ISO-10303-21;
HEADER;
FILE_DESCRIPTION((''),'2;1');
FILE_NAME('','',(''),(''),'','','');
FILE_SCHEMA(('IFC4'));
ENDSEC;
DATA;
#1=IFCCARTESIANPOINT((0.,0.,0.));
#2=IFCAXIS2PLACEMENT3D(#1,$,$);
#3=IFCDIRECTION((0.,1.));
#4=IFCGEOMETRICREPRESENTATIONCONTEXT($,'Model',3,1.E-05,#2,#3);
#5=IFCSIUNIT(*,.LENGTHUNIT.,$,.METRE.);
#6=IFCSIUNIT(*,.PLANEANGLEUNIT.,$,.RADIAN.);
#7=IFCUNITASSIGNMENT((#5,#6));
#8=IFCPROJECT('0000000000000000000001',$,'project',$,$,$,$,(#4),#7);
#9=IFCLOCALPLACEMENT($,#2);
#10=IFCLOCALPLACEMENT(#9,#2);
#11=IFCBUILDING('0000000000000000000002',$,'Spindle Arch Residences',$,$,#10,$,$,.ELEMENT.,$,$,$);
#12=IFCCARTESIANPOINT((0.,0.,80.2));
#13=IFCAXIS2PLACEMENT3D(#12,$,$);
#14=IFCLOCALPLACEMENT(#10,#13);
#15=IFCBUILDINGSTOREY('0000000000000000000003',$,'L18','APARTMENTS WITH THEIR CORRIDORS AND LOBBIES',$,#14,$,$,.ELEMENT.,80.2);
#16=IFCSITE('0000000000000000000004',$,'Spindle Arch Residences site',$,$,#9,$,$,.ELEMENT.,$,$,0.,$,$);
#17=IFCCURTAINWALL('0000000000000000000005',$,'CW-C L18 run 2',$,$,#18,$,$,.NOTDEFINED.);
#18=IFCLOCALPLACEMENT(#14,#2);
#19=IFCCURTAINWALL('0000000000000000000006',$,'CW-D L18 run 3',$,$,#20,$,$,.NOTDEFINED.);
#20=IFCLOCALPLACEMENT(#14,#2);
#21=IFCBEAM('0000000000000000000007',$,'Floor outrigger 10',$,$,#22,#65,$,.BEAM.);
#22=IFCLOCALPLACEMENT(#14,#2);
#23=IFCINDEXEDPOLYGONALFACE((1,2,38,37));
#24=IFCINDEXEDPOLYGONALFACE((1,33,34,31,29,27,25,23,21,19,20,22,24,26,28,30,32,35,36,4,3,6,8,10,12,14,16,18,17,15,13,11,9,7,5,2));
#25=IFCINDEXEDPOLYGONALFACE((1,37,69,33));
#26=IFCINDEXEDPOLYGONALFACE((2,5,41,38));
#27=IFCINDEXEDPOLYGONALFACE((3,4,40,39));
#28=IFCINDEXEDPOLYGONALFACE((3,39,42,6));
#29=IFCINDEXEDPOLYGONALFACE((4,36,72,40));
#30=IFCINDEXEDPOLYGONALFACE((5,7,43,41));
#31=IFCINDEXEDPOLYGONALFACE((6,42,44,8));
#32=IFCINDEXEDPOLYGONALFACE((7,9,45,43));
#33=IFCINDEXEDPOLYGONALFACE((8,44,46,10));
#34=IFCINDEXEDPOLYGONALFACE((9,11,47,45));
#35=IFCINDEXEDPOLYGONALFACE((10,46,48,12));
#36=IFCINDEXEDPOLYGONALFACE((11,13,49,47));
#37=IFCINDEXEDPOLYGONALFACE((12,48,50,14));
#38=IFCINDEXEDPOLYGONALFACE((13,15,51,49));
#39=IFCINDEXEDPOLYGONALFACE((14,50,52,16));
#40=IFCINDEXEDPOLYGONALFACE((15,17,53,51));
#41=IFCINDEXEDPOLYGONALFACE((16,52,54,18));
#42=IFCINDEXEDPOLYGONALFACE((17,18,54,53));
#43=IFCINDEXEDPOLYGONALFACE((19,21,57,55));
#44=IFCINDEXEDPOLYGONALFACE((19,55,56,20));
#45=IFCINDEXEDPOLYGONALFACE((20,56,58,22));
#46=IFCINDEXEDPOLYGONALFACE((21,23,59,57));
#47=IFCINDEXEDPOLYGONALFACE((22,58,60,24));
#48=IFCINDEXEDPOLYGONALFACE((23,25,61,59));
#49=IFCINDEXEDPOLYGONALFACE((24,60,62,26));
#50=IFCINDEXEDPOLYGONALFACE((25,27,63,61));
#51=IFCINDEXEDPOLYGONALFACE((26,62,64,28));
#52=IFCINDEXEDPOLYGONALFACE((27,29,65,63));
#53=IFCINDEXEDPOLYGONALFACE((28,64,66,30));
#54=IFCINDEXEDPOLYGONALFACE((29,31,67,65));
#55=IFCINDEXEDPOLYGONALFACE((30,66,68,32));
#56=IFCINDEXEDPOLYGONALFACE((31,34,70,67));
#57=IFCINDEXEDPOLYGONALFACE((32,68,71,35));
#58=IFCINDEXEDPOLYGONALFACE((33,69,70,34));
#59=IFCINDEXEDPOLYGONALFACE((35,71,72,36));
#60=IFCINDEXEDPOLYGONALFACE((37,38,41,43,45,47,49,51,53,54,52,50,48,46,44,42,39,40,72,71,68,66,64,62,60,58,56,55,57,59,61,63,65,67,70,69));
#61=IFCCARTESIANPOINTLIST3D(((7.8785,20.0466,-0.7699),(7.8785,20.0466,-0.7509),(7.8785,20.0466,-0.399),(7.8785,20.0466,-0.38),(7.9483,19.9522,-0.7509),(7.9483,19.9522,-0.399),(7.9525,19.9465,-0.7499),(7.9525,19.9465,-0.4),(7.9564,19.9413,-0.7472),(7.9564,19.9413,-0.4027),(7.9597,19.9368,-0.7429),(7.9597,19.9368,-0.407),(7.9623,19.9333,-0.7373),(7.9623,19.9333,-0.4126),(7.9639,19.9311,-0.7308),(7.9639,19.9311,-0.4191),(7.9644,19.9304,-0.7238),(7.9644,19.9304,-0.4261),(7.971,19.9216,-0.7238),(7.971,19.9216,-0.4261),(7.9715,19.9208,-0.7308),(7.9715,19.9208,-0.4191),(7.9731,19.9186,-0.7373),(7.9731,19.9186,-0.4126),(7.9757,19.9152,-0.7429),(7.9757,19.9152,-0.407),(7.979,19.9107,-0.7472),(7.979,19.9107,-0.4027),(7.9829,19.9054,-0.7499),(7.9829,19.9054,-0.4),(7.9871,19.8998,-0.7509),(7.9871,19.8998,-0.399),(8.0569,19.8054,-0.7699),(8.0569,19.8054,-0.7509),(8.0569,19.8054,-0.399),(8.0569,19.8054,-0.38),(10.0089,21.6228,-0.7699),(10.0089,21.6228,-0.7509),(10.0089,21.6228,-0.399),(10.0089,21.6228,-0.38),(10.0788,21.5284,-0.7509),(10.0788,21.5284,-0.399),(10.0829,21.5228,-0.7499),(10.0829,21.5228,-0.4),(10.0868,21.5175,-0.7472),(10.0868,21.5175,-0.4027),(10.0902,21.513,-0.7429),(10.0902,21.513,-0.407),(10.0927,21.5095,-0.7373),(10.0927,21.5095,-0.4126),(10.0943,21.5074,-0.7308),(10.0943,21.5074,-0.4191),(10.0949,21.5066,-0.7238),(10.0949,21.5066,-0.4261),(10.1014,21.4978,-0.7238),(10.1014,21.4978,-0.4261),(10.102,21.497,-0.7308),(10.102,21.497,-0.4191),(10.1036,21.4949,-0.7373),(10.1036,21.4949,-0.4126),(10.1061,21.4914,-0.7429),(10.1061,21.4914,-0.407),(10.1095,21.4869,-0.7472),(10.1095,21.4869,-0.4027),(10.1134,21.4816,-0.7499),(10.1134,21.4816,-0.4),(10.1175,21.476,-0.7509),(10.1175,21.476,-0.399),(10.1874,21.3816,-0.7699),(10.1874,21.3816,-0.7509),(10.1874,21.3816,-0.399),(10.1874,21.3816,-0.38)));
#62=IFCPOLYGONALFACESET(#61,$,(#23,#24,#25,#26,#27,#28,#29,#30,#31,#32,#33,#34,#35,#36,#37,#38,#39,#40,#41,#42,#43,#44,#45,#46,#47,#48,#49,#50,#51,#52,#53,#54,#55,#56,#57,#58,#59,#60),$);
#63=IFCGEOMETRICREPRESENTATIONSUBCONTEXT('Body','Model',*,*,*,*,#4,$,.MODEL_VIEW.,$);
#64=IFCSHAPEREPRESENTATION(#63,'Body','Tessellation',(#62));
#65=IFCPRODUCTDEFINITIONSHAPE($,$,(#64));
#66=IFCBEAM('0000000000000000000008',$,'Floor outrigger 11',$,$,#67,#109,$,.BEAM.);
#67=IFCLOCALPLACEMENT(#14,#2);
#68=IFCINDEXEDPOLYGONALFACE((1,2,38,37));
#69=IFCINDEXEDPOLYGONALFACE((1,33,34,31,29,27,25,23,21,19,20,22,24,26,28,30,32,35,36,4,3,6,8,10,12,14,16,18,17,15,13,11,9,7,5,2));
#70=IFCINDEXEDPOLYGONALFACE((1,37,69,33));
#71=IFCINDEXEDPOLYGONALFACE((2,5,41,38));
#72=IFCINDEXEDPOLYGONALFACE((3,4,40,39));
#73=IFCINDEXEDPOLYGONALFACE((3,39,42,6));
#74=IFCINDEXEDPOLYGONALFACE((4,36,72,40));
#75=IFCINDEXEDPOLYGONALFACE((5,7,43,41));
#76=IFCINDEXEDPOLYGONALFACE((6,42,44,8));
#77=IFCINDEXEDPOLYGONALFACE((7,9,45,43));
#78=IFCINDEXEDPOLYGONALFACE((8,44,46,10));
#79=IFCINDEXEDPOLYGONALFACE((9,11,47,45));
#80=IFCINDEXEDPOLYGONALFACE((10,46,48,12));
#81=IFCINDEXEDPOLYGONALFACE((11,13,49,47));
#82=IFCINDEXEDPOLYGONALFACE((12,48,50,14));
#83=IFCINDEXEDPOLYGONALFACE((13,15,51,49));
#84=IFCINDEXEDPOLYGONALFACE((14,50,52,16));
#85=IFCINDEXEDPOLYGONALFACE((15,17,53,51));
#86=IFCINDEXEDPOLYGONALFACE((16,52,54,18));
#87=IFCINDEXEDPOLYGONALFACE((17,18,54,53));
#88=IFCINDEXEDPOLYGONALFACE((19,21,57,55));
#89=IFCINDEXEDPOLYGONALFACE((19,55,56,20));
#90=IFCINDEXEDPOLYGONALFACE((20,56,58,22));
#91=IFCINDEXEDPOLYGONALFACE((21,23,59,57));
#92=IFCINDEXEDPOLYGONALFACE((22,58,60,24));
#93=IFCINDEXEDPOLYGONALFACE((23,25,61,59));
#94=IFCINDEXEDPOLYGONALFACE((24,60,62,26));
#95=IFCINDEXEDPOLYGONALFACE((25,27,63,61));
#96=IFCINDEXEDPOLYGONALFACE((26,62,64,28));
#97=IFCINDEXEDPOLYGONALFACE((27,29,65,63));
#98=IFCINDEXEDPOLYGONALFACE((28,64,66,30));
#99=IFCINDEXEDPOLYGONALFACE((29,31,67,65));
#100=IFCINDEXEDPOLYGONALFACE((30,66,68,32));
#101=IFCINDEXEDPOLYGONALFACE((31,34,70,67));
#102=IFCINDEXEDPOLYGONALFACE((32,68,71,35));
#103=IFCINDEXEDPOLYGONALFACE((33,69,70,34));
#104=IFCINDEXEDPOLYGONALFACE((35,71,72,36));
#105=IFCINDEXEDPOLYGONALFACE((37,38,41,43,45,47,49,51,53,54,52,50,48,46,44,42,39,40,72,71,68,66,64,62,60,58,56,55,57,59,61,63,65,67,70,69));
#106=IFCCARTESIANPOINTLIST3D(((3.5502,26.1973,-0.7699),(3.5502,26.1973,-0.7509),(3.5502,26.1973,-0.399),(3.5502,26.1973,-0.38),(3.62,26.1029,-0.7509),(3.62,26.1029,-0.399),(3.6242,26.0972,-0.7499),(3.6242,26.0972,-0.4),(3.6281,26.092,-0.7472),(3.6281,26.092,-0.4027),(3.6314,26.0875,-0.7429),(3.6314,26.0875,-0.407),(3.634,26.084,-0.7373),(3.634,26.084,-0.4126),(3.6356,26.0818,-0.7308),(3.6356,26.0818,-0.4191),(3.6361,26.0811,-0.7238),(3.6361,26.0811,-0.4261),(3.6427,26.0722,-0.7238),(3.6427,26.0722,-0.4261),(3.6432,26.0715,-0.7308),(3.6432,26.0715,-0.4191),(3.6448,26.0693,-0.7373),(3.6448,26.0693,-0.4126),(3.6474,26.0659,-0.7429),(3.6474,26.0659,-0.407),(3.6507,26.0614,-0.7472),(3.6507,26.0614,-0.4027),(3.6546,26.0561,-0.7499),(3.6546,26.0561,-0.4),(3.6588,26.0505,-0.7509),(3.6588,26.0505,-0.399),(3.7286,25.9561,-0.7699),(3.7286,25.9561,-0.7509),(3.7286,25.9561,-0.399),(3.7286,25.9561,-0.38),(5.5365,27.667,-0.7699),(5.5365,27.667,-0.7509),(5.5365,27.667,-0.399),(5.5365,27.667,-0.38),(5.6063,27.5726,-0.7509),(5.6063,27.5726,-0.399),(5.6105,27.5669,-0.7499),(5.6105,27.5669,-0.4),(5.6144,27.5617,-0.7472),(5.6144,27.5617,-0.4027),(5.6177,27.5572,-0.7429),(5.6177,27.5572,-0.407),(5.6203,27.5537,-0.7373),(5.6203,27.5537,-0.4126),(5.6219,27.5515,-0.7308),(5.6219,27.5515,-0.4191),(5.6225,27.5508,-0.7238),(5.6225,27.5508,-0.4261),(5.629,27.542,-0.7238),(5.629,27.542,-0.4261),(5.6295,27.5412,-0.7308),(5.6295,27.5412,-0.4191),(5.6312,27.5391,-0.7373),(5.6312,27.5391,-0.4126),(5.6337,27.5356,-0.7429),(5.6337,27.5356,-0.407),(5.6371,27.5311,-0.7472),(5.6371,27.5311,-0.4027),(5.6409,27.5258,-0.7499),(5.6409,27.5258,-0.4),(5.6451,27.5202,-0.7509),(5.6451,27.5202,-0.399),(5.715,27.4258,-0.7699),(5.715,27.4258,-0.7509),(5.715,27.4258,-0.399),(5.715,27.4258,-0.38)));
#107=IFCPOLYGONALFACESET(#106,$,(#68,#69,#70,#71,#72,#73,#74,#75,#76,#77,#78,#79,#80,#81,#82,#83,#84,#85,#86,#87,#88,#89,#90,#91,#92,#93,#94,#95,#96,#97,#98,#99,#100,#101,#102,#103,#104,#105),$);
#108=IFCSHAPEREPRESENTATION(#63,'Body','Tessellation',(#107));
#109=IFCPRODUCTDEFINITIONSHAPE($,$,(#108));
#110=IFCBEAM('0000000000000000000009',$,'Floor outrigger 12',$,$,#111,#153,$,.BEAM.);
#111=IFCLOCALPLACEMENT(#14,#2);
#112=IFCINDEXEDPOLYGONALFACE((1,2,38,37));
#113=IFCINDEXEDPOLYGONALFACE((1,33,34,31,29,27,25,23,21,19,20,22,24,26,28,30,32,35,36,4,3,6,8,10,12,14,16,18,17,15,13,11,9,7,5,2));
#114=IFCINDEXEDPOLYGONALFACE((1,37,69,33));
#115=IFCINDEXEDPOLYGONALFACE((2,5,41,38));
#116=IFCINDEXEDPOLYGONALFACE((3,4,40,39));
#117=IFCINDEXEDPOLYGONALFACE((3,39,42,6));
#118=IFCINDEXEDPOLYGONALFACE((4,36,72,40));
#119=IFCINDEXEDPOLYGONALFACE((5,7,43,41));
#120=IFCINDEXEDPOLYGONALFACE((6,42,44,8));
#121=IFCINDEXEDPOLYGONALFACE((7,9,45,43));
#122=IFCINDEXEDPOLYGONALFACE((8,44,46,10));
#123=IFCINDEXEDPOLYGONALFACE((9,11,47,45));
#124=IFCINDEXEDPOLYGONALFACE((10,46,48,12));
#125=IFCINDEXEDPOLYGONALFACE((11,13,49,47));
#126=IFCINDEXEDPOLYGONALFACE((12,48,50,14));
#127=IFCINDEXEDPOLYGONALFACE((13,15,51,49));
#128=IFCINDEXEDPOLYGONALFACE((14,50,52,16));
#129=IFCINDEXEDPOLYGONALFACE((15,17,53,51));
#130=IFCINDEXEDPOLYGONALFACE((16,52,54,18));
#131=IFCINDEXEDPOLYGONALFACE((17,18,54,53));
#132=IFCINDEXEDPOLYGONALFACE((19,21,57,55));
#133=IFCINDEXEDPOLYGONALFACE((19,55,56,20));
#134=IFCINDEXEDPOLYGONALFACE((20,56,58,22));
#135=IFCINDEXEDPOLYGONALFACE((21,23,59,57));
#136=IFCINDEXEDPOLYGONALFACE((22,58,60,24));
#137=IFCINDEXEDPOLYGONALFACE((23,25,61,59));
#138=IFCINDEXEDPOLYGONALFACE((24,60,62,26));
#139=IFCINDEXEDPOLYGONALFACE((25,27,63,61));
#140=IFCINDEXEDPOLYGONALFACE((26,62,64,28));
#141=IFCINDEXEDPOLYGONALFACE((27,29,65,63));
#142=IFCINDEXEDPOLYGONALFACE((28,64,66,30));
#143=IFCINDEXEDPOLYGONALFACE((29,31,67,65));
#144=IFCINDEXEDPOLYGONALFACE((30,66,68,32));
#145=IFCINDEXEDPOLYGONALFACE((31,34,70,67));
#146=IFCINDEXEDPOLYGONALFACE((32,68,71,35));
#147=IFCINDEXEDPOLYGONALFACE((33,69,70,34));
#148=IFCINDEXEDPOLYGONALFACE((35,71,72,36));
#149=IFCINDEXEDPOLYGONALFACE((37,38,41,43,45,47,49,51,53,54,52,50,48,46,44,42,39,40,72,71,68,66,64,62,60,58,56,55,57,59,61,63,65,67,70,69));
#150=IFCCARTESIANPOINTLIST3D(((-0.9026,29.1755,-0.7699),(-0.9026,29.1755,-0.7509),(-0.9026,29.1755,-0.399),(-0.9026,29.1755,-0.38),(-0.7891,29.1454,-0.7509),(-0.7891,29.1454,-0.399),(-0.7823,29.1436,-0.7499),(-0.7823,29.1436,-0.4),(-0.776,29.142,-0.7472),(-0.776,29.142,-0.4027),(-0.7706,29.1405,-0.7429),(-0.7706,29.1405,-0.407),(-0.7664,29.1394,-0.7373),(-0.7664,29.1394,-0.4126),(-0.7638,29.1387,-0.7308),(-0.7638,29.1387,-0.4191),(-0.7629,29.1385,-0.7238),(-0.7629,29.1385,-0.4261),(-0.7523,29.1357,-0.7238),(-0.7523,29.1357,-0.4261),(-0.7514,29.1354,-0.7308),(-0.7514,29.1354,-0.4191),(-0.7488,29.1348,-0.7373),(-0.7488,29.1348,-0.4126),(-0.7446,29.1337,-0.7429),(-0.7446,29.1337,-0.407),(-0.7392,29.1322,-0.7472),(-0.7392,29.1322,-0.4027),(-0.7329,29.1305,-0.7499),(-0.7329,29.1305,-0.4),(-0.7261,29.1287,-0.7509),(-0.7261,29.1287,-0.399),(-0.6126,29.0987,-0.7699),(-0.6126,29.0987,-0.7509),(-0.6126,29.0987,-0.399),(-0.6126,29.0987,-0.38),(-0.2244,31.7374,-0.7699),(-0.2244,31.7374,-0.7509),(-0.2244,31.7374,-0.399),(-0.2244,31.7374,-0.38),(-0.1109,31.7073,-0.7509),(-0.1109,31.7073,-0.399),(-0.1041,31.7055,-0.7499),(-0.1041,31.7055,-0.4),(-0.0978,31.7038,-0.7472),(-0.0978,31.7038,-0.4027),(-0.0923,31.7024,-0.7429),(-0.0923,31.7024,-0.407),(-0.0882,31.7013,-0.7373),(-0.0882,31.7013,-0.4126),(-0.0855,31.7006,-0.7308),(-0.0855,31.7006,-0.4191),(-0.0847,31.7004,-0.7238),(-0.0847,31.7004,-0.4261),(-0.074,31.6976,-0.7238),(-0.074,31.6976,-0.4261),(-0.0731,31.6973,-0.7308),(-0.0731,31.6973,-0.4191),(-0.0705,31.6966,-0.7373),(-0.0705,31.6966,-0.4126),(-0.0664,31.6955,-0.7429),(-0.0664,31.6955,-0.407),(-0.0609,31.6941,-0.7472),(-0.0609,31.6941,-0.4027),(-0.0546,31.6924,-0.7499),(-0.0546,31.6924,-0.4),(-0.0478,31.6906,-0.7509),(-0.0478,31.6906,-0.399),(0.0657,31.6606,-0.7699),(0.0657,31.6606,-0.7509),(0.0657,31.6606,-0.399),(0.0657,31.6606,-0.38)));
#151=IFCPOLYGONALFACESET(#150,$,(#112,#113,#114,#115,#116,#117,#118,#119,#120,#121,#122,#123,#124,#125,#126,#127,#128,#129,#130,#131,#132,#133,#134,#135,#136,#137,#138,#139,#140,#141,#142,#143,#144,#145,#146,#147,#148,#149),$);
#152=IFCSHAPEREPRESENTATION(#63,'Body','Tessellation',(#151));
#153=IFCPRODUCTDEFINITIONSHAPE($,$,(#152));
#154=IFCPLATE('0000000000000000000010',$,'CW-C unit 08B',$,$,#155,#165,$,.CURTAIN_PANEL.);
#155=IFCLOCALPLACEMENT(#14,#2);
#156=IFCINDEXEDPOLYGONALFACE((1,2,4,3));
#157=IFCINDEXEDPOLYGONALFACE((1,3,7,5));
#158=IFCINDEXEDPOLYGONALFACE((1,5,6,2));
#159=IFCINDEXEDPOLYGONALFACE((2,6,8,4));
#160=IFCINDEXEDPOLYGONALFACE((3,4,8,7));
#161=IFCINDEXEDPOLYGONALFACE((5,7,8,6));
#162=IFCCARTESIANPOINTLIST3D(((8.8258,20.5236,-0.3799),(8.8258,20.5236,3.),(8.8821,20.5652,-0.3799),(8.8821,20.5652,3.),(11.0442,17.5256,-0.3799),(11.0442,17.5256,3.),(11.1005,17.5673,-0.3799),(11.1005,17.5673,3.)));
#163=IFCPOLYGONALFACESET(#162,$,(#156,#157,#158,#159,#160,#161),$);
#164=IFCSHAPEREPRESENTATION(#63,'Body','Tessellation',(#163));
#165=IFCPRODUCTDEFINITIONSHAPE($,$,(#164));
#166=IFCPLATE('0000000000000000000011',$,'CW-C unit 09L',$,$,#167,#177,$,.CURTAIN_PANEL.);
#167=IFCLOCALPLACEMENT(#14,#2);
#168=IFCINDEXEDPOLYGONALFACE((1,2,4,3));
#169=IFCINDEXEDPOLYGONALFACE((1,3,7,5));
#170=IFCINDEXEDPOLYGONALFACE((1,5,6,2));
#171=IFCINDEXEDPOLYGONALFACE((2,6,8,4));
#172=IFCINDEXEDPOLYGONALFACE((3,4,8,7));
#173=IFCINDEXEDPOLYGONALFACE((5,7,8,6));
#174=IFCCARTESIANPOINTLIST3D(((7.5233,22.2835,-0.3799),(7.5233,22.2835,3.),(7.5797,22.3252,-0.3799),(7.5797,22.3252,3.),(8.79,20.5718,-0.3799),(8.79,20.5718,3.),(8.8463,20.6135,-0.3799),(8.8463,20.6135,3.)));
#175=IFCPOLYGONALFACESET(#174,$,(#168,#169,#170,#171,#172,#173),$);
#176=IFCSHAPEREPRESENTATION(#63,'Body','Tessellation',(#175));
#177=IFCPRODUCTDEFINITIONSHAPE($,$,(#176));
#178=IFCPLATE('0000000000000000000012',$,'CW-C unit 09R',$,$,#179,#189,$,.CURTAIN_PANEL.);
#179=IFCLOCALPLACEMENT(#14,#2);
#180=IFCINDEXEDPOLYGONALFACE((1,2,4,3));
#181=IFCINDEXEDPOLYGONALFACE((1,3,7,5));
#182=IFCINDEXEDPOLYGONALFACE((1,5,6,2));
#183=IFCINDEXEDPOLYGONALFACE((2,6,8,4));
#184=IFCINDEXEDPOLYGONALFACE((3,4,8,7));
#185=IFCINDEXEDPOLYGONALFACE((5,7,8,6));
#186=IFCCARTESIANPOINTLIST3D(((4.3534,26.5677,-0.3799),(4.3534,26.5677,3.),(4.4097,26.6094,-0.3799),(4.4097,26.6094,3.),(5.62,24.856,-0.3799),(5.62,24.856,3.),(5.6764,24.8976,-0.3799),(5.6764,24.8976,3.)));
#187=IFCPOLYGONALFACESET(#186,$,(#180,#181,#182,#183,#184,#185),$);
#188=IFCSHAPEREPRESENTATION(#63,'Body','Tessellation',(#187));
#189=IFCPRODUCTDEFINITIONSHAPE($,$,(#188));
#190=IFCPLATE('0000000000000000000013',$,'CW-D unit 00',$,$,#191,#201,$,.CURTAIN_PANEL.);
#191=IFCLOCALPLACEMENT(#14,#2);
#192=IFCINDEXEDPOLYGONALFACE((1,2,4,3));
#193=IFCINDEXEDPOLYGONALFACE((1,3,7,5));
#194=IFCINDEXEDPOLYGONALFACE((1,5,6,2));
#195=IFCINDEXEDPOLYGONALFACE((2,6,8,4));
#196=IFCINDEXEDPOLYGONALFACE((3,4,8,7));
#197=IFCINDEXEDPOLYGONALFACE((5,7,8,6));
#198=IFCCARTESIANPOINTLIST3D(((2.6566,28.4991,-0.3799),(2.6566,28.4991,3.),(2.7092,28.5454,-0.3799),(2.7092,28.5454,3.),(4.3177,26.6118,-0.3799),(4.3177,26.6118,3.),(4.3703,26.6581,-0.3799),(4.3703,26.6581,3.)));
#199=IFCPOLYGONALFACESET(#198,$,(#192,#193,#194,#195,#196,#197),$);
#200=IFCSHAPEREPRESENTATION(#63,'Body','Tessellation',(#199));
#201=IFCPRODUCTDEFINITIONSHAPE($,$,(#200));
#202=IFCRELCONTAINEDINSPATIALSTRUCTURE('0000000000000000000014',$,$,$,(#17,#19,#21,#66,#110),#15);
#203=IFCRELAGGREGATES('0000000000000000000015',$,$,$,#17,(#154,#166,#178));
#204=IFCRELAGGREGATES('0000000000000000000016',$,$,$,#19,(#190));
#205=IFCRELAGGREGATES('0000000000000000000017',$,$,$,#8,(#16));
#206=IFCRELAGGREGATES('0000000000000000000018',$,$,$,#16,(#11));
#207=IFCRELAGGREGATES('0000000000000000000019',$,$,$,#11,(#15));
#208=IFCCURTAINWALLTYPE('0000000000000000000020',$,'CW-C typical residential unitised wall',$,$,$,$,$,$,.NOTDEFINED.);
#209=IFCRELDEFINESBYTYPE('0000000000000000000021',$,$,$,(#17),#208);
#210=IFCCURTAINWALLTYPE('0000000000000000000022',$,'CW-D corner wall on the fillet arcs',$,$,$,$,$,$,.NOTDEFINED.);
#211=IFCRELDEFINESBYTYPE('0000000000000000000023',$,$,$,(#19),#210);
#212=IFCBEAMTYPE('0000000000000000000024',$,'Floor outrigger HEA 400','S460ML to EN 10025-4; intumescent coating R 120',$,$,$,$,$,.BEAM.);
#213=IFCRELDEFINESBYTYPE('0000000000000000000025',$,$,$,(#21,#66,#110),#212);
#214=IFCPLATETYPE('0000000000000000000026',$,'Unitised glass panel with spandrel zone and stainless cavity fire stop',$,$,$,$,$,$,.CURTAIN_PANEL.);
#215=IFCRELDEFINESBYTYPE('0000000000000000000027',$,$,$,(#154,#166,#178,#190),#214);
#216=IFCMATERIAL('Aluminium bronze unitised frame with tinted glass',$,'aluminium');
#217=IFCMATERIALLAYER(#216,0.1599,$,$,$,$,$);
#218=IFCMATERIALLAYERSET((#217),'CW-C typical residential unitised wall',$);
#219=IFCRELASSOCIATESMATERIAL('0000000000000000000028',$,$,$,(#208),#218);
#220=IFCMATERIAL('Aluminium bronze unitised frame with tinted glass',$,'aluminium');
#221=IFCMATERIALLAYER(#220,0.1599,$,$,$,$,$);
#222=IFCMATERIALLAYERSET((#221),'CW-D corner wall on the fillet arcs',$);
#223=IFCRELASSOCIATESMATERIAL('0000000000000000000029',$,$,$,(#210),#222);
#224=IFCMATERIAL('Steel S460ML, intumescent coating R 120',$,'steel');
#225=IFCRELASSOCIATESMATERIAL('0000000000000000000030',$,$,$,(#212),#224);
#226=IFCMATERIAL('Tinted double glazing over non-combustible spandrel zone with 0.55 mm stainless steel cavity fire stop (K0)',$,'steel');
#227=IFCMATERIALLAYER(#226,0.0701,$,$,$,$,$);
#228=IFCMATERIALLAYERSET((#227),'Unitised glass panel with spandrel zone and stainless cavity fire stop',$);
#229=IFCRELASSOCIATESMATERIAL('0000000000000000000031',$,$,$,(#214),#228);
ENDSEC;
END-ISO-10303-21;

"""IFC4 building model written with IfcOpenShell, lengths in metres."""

from ifc_helpers import new_model, si_unit, direction, frame, origin, origin_2d, place, context, subcontext, project, spatial, rectangle, i_section, extrude, material, layer, layer_set, material_profile, profile_set, type_object, element, aggregate, save


model = new_model("IFC4")

# Units and contexts
model_context = context("Model", 3, precision=1e-05, world=origin(), true_north=direction((0.0, 1.0)))
body_context = subcontext(model_context, "Body", "Model", "MODEL_VIEW")
ifc_project = project(units=[si_unit("LENGTHUNIT", "METRE"), si_unit("PLANEANGLEUNIT", "RADIAN")], contexts=[model_context])

# Site, building, storey
site_placement = place(None, origin())
site = spatial("IfcSite", under=ifc_project, at=site_placement, Name="Spindle Arch Residences site", CompositionType="ELEMENT", RefElevation=0.0)
building_placement = place(site_placement, origin())
building = spatial("IfcBuilding", under=site, at=building_placement, Name="Spindle Arch Residences", CompositionType="ELEMENT")
storey_placement = place(building_placement, frame((0.0, 0.0, 80.2)))
storey = spatial("IfcBuildingStorey", under=building, at=storey_placement, Name="L18", Description="APARTMENTS WITH THEIR CORRIDORS AND LOBBIES", CompositionType="ELEMENT", Elevation=80.2)

# Curtain wall
ifc_material_1 = material(Name="Aluminium bronze unitised frame with tinted glass", Category="aluminium")
ifc_layer_1 = layer(ifc_material_1, 0.1599)
ifc_layer_set_1 = layer_set([ifc_layer_1], Name="CW-C typical residential unitised wall")
curtain_wall_type_1 = type_object("IfcCurtainWallType", Name="CW-C typical residential unitised wall", PredefinedType="NOTDEFINED", material=ifc_layer_set_1)
curtain_wall_1_placement = place(storey_placement, origin())
curtain_wall_1 = element("IfcCurtainWall", 1, at=curtain_wall_1_placement, inside=storey, type_object=curtain_wall_type_1, Name="CW-C L18 run 2", PredefinedType="NOTDEFINED")

# Curtain wall
ifc_material_2 = material(Name="Aluminium bronze unitised frame with tinted glass", Category="aluminium")
ifc_layer_2 = layer(ifc_material_2, 0.1599)
ifc_layer_set_2 = layer_set([ifc_layer_2], Name="CW-D corner wall on the fillet arcs")
curtain_wall_type_2 = type_object("IfcCurtainWallType", Name="CW-D corner wall on the fillet arcs", PredefinedType="NOTDEFINED", material=ifc_layer_set_2)
curtain_wall_2_placement = place(storey_placement, origin())
curtain_wall_2 = element("IfcCurtainWall", 2, at=curtain_wall_2_placement, inside=storey, type_object=curtain_wall_type_2, Name="CW-D L18 run 3", PredefinedType="NOTDEFINED")

# Beams
ifc_material_3 = material(Name="Steel S460ML, intumescent coating R 120", Category="steel")
ifc_material_profile_1 = material_profile(ifc_material_3, i_section(OverallWidth=0.3, OverallDepth=0.3899, WebThickness=0.011, FlangeThickness=0.019, FilletRadius=0.0271, at=origin_2d()), Name="HEA 400")
ifc_profile_set_1 = profile_set([ifc_material_profile_1], Name="Steel S460ML, intumescent coating R 120")
beam_type_1 = type_object("IfcBeamType", Name="Floor outrigger HEA 400", Description="S460ML to EN 10025-4; intumescent coating R 120", PredefinedType="BEAM", material=ifc_profile_set_1)
beam_1_placement = place(storey_placement, frame((10.0981, 21.5022, -0.575), z_axis=(-0.803897, -0.594769, 0.0), x_axis=(0.594769, -0.803897, 0.0)))
element("IfcBeam", 3, at=beam_1_placement, inside=storey, type_object=beam_type_1, Name="Floor outrigger 10", PredefinedType="BEAM", context=body_context, shape_type="SweptSolid", body=[
    extrude(i_section(OverallWidth=0.3, OverallDepth=0.3899, WebThickness=0.011, FlangeThickness=0.019, FilletRadius=0.0271, at=origin_2d()), origin(), (0.0, 0.0, 1.0), 2.6501),
])
beam_2_placement = place(storey_placement, frame((5.6257, 27.5464, -0.575), z_axis=(-0.803872, -0.594802, 0.0), x_axis=(0.594802, -0.803872, 0.0)))
element("IfcBeam", 4, at=beam_2_placement, inside=storey, type_object=beam_type_1, Name="Floor outrigger 11", PredefinedType="BEAM", context=body_context, shape_type="SweptSolid", body=[
    extrude(i_section(OverallWidth=0.3, OverallDepth=0.3899, WebThickness=0.011, FlangeThickness=0.019, FilletRadius=0.0271, at=origin_2d()), origin(), (0.0, 0.0, 1.0), 2.4709),
])
beam_3_placement = place(storey_placement, frame((-0.0793, 31.699, -0.575), z_axis=(-0.255931, -0.966695, 0.0), x_axis=(0.966695, -0.255931, 0.0)))
element("IfcBeam", 5, at=beam_3_placement, inside=storey, type_object=beam_type_1, Name="Floor outrigger 12", PredefinedType="BEAM", context=body_context, shape_type="SweptSolid", body=[
    extrude(i_section(OverallWidth=0.3, OverallDepth=0.3899, WebThickness=0.011, FlangeThickness=0.019, FilletRadius=0.0271, at=origin_2d()), origin(), (0.0, 0.0, 1.0), 2.6501),
])

# Plates
ifc_material_4 = material(Name="Tinted double glazing over non-combustible spandrel zone with 0.55 mm stainless steel cavity fire stop (K0)", Category="steel")
ifc_layer_3 = layer(ifc_material_4, 0.0701)
ifc_layer_set_3 = layer_set([ifc_layer_3], Name="Unitised glass panel with spandrel zone and stainless cavity fire stop")
plate_type = type_object("IfcPlateType", Name="Unitised glass panel with spandrel zone and stainless cavity fire stop", PredefinedType="CURTAIN_PANEL", material=ifc_layer_set_3)
plate_1_placement = place(storey_placement, frame((9.9631, 19.0454, -0.3799), z_axis=(0.0, 0.0, 1.0), x_axis=(-0.594823, 0.803857, 0.0)))
plate_1 = element("IfcPlate", 6, at=plate_1_placement, type_object=plate_type, Name="CW-C unit 08B", PredefinedType="CURTAIN_PANEL", context=body_context, shape_type="SweptSolid", body=[
    extrude(rectangle(XDim=3.7295, YDim=0.0701, at=origin_2d()), origin(), (0.0, 0.0, 1.0), 3.3799),
])
plate_2_placement = place(storey_placement, frame((8.1848, 21.4485, -0.3799), z_axis=(0.0, 0.0, 1.0), x_axis=(-0.594823, 0.803857, 0.0)))
plate_2 = element("IfcPlate", 7, at=plate_2_placement, type_object=plate_type, Name="CW-C unit 09L", PredefinedType="CURTAIN_PANEL", context=body_context, shape_type="SweptSolid", body=[
    extrude(rectangle(XDim=2.1294, YDim=0.0701, at=origin_2d()), origin(), (0.0, 0.0, 1.0), 3.3799),
])
plate_3_placement = place(storey_placement, frame((5.0149, 25.7327, -0.3799), z_axis=(0.0, 0.0, 1.0), x_axis=(-0.594823, 0.803857, 0.0)))
plate_3 = element("IfcPlate", 8, at=plate_3_placement, type_object=plate_type, Name="CW-C unit 09R", PredefinedType="CURTAIN_PANEL", context=body_context, shape_type="SweptSolid", body=[
    extrude(rectangle(XDim=2.1294, YDim=0.0701, at=origin_2d()), origin(), (0.0, 0.0, 1.0), 3.3799),
])
aggregate(curtain_wall_1, [plate_1, plate_2, plate_3])
plate_4_placement = place(storey_placement, frame((3.5134, 27.5786, -0.3799), z_axis=(0.0, 0.0, 1.0), x_axis=(-0.660704, 0.750647, 0.0)))
plate_4 = element("IfcPlate", 9, at=plate_4_placement, type_object=plate_type, Name="CW-D unit 00", PredefinedType="CURTAIN_PANEL", context=body_context, shape_type="SweptSolid", body=[
    extrude(rectangle(XDim=2.5142, YDim=0.0701, at=origin_2d()), origin(), (0.0, 0.0, 1.0), 3.3799),
])
aggregate(curtain_wall_2, [plate_4])

save(model, "model.ifc")
